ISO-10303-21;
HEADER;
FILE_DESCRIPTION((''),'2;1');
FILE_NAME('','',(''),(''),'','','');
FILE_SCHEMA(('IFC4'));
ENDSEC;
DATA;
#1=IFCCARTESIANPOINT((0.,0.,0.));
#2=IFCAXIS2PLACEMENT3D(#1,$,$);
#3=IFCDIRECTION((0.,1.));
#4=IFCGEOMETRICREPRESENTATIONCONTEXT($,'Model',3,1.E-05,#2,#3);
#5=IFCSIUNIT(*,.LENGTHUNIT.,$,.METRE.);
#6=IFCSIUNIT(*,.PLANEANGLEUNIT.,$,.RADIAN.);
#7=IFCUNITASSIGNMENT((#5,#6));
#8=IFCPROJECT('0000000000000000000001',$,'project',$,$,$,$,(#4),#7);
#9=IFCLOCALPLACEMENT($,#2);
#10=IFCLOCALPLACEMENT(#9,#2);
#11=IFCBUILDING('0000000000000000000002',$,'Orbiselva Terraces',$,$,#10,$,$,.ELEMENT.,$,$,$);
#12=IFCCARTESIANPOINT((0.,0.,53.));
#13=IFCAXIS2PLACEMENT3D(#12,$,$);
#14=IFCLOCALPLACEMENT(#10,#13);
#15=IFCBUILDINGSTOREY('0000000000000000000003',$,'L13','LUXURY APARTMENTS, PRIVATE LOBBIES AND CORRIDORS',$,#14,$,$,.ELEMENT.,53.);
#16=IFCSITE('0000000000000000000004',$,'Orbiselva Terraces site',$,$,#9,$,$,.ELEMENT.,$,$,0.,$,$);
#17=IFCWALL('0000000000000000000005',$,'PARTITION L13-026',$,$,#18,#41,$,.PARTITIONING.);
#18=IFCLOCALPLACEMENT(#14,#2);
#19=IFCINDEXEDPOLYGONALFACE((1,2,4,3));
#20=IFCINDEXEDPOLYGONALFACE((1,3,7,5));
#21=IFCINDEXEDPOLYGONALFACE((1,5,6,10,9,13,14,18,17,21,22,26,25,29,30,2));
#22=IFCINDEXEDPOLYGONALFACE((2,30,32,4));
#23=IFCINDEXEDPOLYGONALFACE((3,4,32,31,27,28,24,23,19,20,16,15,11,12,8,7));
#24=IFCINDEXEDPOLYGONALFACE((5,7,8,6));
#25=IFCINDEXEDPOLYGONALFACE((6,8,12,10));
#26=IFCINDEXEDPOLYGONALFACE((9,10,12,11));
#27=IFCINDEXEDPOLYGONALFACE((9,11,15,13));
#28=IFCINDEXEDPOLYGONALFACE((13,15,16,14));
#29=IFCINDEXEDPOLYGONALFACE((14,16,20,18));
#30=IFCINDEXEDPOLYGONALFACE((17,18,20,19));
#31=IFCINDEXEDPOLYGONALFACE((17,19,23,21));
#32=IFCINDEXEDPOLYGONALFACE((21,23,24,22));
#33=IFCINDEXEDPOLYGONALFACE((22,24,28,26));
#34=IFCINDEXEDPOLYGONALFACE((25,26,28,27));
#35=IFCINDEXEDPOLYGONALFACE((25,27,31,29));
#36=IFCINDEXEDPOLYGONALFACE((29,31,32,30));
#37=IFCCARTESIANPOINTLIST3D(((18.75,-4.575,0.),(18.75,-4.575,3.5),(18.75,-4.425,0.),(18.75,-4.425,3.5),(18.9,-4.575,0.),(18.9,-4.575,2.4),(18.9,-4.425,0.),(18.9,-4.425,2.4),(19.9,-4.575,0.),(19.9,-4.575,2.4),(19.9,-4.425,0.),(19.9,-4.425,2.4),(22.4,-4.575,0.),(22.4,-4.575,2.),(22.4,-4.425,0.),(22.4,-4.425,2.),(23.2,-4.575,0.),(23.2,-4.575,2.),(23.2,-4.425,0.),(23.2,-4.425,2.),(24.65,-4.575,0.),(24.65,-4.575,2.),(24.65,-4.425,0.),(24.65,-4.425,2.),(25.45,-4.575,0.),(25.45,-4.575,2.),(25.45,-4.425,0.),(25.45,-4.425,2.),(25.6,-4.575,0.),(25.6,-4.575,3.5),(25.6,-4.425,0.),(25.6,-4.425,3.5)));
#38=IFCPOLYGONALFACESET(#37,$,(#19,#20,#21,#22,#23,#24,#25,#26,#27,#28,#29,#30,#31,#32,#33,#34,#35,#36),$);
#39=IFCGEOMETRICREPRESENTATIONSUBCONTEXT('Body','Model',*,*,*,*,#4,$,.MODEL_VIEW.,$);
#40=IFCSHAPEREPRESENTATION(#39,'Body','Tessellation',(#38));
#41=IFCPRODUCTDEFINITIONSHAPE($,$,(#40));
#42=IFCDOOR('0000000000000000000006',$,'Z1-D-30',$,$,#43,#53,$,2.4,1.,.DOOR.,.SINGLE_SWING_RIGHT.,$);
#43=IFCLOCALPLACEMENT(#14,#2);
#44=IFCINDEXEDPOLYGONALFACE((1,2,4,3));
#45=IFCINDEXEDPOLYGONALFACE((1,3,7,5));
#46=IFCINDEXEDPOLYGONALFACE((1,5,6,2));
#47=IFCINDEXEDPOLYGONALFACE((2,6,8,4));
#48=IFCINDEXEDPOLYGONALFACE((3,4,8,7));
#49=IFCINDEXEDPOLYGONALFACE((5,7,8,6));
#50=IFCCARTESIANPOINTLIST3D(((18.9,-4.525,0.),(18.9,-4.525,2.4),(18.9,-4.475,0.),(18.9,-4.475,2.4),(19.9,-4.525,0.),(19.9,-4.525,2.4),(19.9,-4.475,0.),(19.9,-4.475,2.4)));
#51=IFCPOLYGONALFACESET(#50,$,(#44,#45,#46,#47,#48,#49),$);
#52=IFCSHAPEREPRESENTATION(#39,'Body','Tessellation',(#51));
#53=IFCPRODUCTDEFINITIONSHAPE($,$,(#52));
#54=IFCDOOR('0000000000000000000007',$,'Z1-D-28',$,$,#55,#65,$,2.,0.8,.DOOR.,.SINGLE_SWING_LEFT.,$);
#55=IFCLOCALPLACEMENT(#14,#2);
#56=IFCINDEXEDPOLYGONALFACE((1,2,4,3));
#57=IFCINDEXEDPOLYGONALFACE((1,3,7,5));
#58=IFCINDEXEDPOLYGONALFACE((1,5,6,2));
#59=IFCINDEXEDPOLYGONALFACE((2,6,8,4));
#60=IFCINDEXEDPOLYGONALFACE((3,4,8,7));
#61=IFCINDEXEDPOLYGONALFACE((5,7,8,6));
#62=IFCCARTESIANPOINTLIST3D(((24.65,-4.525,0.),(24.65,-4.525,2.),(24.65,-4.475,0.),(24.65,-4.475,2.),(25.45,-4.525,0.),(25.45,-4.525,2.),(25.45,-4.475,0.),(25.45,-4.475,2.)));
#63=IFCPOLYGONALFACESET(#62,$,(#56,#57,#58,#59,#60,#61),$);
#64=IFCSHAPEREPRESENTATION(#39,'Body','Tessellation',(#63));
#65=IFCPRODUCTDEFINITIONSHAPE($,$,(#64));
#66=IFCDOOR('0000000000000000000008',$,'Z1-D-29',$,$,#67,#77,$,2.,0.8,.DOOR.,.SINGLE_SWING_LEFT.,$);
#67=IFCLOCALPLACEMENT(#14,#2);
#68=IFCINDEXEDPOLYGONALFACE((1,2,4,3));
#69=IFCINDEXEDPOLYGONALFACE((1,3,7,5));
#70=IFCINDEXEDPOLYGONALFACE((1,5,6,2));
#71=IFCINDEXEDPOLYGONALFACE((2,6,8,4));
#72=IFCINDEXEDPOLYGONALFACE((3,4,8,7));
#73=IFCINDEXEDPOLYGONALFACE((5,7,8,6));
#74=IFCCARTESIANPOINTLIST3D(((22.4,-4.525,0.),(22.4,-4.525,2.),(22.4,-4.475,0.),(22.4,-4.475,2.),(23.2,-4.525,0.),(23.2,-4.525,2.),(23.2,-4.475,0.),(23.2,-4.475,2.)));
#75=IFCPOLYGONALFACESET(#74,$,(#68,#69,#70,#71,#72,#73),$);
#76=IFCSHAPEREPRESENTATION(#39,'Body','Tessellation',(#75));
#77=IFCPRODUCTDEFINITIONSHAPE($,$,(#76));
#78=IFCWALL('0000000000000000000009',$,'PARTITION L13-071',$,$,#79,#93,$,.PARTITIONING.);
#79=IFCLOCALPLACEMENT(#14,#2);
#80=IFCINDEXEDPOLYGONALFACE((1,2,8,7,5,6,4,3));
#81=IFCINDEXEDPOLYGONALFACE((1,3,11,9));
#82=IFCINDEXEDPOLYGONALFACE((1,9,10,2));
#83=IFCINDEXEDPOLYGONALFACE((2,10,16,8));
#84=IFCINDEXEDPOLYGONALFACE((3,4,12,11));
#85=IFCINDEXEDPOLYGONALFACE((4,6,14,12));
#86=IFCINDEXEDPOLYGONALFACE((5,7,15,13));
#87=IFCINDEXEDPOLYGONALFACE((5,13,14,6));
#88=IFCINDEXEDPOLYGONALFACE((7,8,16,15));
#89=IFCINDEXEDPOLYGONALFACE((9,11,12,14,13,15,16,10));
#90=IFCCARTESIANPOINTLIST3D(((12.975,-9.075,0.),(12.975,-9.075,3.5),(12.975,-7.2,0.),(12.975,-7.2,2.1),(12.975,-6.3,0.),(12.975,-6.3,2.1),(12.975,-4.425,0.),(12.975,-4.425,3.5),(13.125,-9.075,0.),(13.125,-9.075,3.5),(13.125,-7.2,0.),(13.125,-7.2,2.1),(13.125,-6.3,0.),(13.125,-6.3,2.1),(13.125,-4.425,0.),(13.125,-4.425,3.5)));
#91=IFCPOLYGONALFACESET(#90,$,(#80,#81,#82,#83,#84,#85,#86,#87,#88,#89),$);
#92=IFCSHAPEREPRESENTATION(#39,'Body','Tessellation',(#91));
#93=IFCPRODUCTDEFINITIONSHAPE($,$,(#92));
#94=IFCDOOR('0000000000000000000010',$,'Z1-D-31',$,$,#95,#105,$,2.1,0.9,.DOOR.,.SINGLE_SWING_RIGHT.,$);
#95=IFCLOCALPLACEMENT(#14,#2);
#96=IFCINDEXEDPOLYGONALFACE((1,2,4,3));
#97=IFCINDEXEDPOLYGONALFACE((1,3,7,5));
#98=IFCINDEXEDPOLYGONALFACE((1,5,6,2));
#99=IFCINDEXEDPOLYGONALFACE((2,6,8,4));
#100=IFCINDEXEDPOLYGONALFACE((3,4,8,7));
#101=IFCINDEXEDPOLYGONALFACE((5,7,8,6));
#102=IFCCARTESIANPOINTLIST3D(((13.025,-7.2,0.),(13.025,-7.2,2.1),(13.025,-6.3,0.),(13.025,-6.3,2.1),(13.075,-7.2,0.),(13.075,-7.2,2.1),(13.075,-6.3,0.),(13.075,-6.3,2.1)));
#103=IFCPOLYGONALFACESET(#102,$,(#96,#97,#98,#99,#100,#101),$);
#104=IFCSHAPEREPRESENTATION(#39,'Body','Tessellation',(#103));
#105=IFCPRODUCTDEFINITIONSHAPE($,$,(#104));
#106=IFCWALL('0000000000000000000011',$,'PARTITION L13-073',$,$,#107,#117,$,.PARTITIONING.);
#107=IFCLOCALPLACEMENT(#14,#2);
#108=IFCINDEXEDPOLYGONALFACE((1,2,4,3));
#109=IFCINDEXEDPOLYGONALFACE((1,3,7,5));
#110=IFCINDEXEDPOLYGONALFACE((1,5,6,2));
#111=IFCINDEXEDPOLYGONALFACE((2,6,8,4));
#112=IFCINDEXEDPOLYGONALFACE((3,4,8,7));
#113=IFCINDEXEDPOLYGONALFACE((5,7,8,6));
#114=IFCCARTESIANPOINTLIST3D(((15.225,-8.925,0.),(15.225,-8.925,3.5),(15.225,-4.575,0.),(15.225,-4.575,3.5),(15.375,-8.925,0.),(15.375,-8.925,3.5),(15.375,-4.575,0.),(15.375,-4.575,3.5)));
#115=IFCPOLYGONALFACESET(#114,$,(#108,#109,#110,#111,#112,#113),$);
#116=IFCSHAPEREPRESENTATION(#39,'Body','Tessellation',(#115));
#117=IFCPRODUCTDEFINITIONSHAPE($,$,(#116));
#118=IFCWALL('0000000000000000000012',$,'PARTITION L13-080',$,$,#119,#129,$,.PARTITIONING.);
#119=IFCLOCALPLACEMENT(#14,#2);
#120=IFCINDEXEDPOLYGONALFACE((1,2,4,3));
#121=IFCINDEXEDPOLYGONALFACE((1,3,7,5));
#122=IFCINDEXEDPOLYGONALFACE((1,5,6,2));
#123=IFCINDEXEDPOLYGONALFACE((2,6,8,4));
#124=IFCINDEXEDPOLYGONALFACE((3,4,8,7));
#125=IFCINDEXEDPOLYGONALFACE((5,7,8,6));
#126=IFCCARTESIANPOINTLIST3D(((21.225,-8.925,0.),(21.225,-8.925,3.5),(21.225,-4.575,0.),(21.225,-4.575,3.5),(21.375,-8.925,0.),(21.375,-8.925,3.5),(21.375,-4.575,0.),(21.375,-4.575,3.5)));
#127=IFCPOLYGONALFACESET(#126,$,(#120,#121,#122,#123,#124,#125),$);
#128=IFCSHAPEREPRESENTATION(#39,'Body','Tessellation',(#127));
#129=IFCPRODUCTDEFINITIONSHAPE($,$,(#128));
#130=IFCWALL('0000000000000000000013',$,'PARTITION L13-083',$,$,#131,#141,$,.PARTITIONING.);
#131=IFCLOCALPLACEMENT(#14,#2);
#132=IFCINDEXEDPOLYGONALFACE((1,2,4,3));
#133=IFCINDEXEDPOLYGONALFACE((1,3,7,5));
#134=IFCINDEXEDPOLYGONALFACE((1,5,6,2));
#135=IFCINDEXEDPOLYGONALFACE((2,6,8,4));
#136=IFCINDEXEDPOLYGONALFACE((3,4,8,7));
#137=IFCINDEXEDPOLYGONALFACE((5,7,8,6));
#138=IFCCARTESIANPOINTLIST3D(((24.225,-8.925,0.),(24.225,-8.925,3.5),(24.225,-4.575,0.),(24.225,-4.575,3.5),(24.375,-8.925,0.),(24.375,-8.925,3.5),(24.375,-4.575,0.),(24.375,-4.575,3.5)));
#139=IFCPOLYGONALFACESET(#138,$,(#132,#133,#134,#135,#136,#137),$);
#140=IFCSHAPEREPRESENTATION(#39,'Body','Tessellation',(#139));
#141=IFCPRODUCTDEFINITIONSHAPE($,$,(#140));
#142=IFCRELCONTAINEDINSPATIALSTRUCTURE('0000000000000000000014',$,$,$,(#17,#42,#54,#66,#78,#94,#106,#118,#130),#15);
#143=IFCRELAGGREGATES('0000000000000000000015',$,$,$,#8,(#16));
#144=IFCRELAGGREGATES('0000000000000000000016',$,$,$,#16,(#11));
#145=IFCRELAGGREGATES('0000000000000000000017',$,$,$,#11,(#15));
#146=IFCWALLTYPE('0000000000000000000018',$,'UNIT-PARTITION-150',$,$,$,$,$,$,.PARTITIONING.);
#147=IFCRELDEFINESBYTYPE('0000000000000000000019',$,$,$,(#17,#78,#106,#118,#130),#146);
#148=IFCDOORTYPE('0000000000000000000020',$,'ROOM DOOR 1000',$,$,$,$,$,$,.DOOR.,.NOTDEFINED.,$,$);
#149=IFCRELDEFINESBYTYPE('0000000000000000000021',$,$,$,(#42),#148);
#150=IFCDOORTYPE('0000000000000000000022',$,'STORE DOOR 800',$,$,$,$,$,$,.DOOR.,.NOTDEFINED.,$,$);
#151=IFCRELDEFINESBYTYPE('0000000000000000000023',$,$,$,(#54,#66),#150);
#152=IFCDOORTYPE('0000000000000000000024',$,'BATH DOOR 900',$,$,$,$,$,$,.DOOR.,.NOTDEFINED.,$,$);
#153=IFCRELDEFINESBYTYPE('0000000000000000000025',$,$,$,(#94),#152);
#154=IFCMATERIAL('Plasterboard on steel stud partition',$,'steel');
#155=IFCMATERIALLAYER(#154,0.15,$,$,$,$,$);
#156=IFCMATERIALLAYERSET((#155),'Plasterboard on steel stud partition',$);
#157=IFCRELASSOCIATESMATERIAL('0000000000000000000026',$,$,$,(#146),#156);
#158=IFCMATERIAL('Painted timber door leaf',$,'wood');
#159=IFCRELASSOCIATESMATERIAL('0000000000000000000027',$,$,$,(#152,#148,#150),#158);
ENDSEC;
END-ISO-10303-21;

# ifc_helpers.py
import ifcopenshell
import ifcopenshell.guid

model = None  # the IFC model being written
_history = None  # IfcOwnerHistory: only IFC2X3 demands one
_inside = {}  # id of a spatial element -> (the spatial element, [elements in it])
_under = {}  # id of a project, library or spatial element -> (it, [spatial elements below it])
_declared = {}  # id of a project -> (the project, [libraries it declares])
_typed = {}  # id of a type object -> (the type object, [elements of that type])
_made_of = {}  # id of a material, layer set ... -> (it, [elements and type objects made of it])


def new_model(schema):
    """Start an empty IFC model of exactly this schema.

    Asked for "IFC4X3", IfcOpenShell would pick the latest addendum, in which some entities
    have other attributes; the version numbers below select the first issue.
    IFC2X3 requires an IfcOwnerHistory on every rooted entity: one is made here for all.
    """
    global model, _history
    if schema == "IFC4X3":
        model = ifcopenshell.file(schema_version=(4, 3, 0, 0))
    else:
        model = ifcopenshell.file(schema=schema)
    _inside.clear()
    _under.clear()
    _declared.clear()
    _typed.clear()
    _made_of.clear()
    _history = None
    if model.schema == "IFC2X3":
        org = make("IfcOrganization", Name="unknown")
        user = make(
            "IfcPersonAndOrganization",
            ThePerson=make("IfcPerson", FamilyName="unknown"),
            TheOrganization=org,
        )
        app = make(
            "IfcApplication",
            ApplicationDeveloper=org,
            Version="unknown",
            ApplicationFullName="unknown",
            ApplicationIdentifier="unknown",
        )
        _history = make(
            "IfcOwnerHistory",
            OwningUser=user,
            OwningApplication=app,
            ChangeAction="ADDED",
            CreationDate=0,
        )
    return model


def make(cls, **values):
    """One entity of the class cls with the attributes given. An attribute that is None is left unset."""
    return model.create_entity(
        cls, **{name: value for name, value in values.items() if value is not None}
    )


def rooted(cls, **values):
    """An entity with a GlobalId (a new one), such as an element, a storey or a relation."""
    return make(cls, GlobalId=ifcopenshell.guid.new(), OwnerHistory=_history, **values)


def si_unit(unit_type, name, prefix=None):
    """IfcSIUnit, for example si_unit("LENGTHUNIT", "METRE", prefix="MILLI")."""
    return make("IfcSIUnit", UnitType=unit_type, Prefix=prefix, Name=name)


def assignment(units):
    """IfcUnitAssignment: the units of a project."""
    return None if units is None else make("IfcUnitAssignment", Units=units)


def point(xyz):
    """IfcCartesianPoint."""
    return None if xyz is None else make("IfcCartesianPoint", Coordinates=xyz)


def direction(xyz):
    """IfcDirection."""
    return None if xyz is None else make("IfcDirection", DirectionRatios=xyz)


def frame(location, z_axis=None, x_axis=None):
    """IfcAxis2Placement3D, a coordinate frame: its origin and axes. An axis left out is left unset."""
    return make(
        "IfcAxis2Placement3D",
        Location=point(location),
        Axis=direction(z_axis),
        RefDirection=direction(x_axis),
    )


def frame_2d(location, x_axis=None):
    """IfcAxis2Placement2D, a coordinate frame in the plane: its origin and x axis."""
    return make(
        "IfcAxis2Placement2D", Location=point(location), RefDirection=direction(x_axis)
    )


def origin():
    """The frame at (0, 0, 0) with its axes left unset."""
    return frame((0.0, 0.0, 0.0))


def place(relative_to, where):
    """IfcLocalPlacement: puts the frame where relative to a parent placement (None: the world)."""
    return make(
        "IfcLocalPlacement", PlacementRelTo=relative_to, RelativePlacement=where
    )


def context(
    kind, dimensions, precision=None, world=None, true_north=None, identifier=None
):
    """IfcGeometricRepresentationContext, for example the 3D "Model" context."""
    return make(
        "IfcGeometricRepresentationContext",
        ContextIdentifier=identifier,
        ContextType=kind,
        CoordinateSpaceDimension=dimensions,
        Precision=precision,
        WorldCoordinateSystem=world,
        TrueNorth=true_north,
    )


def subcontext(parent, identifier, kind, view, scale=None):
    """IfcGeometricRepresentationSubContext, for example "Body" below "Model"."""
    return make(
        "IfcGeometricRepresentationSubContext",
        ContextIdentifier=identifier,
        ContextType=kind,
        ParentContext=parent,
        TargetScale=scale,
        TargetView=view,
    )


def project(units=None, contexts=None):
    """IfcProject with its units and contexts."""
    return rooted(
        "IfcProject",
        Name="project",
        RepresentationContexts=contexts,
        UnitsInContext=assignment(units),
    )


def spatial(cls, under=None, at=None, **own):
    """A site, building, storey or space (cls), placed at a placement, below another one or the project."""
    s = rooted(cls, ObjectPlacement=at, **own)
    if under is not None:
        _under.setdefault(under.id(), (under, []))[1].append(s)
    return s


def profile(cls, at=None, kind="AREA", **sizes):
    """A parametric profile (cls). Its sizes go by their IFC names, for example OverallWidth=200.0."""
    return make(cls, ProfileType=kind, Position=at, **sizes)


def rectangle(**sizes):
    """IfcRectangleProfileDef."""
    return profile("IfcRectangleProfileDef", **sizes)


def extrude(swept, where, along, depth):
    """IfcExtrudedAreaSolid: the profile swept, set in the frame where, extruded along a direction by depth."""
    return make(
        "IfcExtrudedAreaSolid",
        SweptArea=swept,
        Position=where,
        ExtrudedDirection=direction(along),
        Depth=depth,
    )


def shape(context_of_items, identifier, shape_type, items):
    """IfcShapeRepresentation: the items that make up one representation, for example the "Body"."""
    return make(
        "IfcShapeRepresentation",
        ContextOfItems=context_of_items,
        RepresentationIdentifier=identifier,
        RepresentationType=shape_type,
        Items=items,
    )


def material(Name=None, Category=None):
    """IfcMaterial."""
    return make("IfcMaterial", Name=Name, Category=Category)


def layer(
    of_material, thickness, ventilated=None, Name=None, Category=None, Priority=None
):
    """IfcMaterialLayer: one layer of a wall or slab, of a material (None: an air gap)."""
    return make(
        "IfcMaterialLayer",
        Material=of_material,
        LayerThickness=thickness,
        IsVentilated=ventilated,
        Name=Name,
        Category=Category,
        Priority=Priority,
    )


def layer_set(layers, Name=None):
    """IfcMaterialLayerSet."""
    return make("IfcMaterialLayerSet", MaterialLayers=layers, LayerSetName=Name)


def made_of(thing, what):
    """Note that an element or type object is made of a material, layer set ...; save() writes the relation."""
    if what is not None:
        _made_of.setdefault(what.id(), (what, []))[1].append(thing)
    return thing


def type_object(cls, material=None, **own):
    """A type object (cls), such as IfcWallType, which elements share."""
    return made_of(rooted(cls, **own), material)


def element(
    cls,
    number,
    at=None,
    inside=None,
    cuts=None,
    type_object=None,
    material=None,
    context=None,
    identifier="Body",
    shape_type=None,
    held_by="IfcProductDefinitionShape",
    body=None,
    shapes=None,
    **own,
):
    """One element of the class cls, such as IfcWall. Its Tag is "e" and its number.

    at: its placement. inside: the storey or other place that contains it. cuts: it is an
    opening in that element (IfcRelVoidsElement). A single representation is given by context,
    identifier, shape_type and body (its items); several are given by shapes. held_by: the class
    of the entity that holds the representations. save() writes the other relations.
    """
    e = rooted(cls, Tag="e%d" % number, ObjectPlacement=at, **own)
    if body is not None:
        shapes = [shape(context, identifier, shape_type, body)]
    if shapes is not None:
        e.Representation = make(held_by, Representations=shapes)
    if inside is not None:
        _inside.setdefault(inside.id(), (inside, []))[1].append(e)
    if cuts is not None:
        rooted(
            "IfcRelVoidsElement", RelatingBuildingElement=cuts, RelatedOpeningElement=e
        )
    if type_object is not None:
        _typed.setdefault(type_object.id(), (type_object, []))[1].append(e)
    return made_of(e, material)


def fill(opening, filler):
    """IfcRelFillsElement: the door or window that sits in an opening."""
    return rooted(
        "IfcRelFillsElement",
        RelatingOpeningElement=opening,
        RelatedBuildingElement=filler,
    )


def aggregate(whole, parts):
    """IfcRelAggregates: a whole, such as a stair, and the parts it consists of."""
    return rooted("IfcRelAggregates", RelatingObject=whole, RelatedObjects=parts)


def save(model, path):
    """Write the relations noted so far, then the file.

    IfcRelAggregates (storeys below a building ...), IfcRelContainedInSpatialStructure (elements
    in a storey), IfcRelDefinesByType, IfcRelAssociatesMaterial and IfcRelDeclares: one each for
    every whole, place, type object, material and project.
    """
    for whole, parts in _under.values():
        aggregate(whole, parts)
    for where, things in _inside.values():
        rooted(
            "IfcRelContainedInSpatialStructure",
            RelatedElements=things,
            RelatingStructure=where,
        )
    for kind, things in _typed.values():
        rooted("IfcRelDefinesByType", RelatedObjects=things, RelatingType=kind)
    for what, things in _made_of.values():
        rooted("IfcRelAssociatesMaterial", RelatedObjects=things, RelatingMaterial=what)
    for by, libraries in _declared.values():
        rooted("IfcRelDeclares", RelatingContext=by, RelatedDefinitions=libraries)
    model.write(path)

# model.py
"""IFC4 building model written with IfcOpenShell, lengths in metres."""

from ifc_helpers import new_model, si_unit, direction, frame, frame_2d, origin, place, context, subcontext, project, spatial, rectangle, extrude, material, layer, layer_set, type_object, element, fill, save


model = new_model("IFC4")

# Units and contexts
model_context = context("Model", 3, precision=1e-05, world=origin(), true_north=direction((0.0, 1.0)))
body_context = subcontext(model_context, "Body", "Model", "MODEL_VIEW")
ifc_project = project(units=[si_unit("LENGTHUNIT", "METRE"), si_unit("PLANEANGLEUNIT", "RADIAN")], contexts=[model_context])

# Site, building, storey
site_placement = place(None, origin())
site = spatial("IfcSite", under=ifc_project, at=site_placement, Name="Orbiselva Terraces site", CompositionType="ELEMENT", RefElevation=0.0)
building_placement = place(site_placement, origin())
building = spatial("IfcBuilding", under=site, at=building_placement, Name="Orbiselva Terraces", CompositionType="ELEMENT")
storey_placement = place(building_placement, frame((0.0, 0.0, 53.0)))
storey = spatial("IfcBuildingStorey", under=building, at=storey_placement, Name="L13", Description="LUXURY APARTMENTS, PRIVATE LOBBIES AND CORRIDORS", CompositionType="ELEMENT", Elevation=53.0)

# Shared definitions
ifc_material_1 = material(Name="Plasterboard on steel stud partition", Category="steel")

# Shared definitions
ifc_layer_1 = layer(ifc_material_1, 0.15)
ifc_layer_set_1 = layer_set([ifc_layer_1], Name="Plasterboard on steel stud partition")
wall_type_1 = type_object("IfcWallType", Name="UNIT-PARTITION-150", PredefinedType="PARTITIONING", material=ifc_layer_set_1)
ifc_material_2 = material(Name="Painted timber door leaf", Category="wood")
door_type_1 = type_object("IfcDoorType", Name="BATH DOOR 900", OperationType="NOTDEFINED", PredefinedType="DOOR", material=ifc_material_2)

# Shared definitions
door_type_2 = type_object("IfcDoorType", Name="ROOM DOOR 1000", OperationType="NOTDEFINED", PredefinedType="DOOR", material=ifc_material_2)

# Wall, openings, doors
wall_1_placement = place(storey_placement, frame((25.6, -4.5, 0.0), z_axis=(0.0, 0.0, 1.0), x_axis=(-1.0, 0.0, 0.0)))
wall_1 = element("IfcWall", 1, at=wall_1_placement, inside=storey, type_object=wall_type_1, Name="PARTITION L13-026", PredefinedType="PARTITIONING", context=body_context, shape_type="SweptSolid", body=[
    extrude(rectangle(XDim=6.85, YDim=0.15, at=frame_2d((3.425, 0.0))), origin(), (0.0, 0.0, 1.0), 3.5),
])
opening_1_placement = place(wall_1_placement, frame((0.15, 0.0, 0.0)))
opening_1 = element("IfcOpeningElement", 2, at=opening_1_placement, cuts=wall_1, PredefinedType="OPENING", context=body_context, shape_type="SweptSolid", body=[
    extrude(rectangle(XDim=0.8, YDim=2.0, at=frame_2d((0.4, 1.0))), frame((0.0, 0.085, 0.0), z_axis=(0.0, -1.0, 0.0), x_axis=(1.0, 0.0, 0.0)), (0.0, 0.0, 1.0), 0.17),
])
opening_2_placement = place(wall_1_placement, frame((2.4, 0.0, 0.0)))
opening_2 = element("IfcOpeningElement", 3, at=opening_2_placement, cuts=wall_1, PredefinedType="OPENING", context=body_context, shape_type="SweptSolid", body=[
    extrude(rectangle(XDim=0.8, YDim=2.0, at=frame_2d((0.4, 1.0))), frame((0.0, 0.085, 0.0), z_axis=(0.0, -1.0, 0.0), x_axis=(1.0, 0.0, 0.0)), (0.0, 0.0, 1.0), 0.17),
])
opening_3_placement = place(wall_1_placement, frame((5.7, 0.0, 0.0)))
opening_3 = element("IfcOpeningElement", 4, at=opening_3_placement, cuts=wall_1, PredefinedType="OPENING", context=body_context, shape_type="SweptSolid", body=[
    extrude(rectangle(XDim=1.0, YDim=2.4, at=frame_2d((0.5, 1.2))), frame((0.0, 0.085, 0.0), z_axis=(0.0, -1.0, 0.0), x_axis=(1.0, 0.0, 0.0)), (0.0, 0.0, 1.0), 0.17),
])
door_1_placement = place(opening_3_placement, origin())
door_1 = element("IfcDoor", 5, at=door_1_placement, inside=storey, type_object=door_type_2, Name="Z1-D-30", OperationType="SINGLE_SWING_RIGHT", OverallHeight=2.4, OverallWidth=1.0, PredefinedType="DOOR", context=body_context, shape_type="SweptSolid", body=[
    extrude(rectangle(XDim=1.0, YDim=2.4, at=frame_2d((0.5, 1.2))), frame((0.0, 0.025, 0.0), z_axis=(0.0, -1.0, 0.0), x_axis=(1.0, 0.0, 0.0)), (0.0, 0.0, 1.0), 0.05),
])
fill(opening_3, door_1)
door_type_3 = type_object("IfcDoorType", Name="STORE DOOR 800", OperationType="NOTDEFINED", PredefinedType="DOOR", material=ifc_material_2)
door_2_placement = place(opening_1_placement, origin())
door_2 = element("IfcDoor", 6, at=door_2_placement, inside=storey, type_object=door_type_3, Name="Z1-D-28", OperationType="SINGLE_SWING_LEFT", OverallHeight=2.0, OverallWidth=0.8, PredefinedType="DOOR", context=body_context, shape_type="SweptSolid", body=[
    extrude(rectangle(XDim=0.8, YDim=2.0, at=frame_2d((0.4, 1.0))), frame((0.0, 0.025, 0.0), z_axis=(0.0, -1.0, 0.0), x_axis=(1.0, 0.0, 0.0)), (0.0, 0.0, 1.0), 0.05),
])
fill(opening_1, door_2)
door_3_placement = place(opening_2_placement, origin())
door_3 = element("IfcDoor", 7, at=door_3_placement, inside=storey, type_object=door_type_3, Name="Z1-D-29", OperationType="SINGLE_SWING_LEFT", OverallHeight=2.0, OverallWidth=0.8, PredefinedType="DOOR", context=body_context, shape_type="SweptSolid", body=[
    extrude(rectangle(XDim=0.8, YDim=2.0, at=frame_2d((0.4, 1.0))), frame((0.0, 0.025, 0.0), z_axis=(0.0, -1.0, 0.0), x_axis=(1.0, 0.0, 0.0)), (0.0, 0.0, 1.0), 0.05),
])
fill(opening_2, door_3)

# Wall, opening, door
wall_2_placement = place(storey_placement, frame((13.05, -4.425, 0.0), z_axis=(0.0, 0.0, 1.0), x_axis=(0.0, -1.0, 0.0)))
wall_2 = element("IfcWall", 8, at=wall_2_placement, inside=storey, type_object=wall_type_1, Name="PARTITION L13-071", PredefinedType="PARTITIONING", context=body_context, shape_type="SweptSolid", body=[
    extrude(rectangle(XDim=4.65, YDim=0.15, at=frame_2d((2.325, 0.0))), origin(), (0.0, 0.0, 1.0), 3.5),
])
opening_4_placement = place(wall_2_placement, frame((1.875, 0.0, 0.0)))
opening_4 = element("IfcOpeningElement", 9, at=opening_4_placement, cuts=wall_2, PredefinedType="OPENING", context=body_context, shape_type="SweptSolid", body=[
    extrude(rectangle(XDim=0.9, YDim=2.1, at=frame_2d((0.45, 1.05))), frame((0.0, 0.085, 0.0), z_axis=(0.0, -1.0, 0.0), x_axis=(1.0, 0.0, 0.0)), (0.0, 0.0, 1.0), 0.17),
])
door_4_placement = place(opening_4_placement, origin())
door_4 = element("IfcDoor", 10, at=door_4_placement, inside=storey, type_object=door_type_1, Name="Z1-D-31", OperationType="SINGLE_SWING_RIGHT", OverallHeight=2.1, OverallWidth=0.9, PredefinedType="DOOR", context=body_context, shape_type="SweptSolid", body=[
    extrude(rectangle(XDim=0.9, YDim=2.1, at=frame_2d((0.45, 1.05))), frame((0.0, 0.025, 0.0), z_axis=(0.0, -1.0, 0.0), x_axis=(1.0, 0.0, 0.0)), (0.0, 0.0, 1.0), 0.05),
])
fill(opening_4, door_4)

# Walls
for number, where, z_axis, x_axis, name in (
    (11, (15.3, -8.925, 0.0), (0.0, 0.0, 1.0), (0.0, 1.0, 0.0), "PARTITION L13-073"),
    (12, (21.3, -8.925, 0.0), (0.0, 0.0, 1.0), (0.0, 1.0, 0.0), "PARTITION L13-080"),
    (13, (24.3, -8.925, 0.0), (0.0, 0.0, 1.0), (0.0, 1.0, 0.0), "PARTITION L13-083"),
):
    element("IfcWall", number, at=place(storey_placement, frame(where, z_axis=z_axis, x_axis=x_axis)), inside=storey, type_object=wall_type_1, Name=name, PredefinedType="PARTITIONING", context=body_context, shape_type="SweptSolid", body=[
        extrude(rectangle(XDim=4.35, YDim=0.15, at=frame_2d((2.175, 0.0))), origin(), (0.0, 0.0, 1.0), 3.5),
    ])

save(model, "model.ifc")
